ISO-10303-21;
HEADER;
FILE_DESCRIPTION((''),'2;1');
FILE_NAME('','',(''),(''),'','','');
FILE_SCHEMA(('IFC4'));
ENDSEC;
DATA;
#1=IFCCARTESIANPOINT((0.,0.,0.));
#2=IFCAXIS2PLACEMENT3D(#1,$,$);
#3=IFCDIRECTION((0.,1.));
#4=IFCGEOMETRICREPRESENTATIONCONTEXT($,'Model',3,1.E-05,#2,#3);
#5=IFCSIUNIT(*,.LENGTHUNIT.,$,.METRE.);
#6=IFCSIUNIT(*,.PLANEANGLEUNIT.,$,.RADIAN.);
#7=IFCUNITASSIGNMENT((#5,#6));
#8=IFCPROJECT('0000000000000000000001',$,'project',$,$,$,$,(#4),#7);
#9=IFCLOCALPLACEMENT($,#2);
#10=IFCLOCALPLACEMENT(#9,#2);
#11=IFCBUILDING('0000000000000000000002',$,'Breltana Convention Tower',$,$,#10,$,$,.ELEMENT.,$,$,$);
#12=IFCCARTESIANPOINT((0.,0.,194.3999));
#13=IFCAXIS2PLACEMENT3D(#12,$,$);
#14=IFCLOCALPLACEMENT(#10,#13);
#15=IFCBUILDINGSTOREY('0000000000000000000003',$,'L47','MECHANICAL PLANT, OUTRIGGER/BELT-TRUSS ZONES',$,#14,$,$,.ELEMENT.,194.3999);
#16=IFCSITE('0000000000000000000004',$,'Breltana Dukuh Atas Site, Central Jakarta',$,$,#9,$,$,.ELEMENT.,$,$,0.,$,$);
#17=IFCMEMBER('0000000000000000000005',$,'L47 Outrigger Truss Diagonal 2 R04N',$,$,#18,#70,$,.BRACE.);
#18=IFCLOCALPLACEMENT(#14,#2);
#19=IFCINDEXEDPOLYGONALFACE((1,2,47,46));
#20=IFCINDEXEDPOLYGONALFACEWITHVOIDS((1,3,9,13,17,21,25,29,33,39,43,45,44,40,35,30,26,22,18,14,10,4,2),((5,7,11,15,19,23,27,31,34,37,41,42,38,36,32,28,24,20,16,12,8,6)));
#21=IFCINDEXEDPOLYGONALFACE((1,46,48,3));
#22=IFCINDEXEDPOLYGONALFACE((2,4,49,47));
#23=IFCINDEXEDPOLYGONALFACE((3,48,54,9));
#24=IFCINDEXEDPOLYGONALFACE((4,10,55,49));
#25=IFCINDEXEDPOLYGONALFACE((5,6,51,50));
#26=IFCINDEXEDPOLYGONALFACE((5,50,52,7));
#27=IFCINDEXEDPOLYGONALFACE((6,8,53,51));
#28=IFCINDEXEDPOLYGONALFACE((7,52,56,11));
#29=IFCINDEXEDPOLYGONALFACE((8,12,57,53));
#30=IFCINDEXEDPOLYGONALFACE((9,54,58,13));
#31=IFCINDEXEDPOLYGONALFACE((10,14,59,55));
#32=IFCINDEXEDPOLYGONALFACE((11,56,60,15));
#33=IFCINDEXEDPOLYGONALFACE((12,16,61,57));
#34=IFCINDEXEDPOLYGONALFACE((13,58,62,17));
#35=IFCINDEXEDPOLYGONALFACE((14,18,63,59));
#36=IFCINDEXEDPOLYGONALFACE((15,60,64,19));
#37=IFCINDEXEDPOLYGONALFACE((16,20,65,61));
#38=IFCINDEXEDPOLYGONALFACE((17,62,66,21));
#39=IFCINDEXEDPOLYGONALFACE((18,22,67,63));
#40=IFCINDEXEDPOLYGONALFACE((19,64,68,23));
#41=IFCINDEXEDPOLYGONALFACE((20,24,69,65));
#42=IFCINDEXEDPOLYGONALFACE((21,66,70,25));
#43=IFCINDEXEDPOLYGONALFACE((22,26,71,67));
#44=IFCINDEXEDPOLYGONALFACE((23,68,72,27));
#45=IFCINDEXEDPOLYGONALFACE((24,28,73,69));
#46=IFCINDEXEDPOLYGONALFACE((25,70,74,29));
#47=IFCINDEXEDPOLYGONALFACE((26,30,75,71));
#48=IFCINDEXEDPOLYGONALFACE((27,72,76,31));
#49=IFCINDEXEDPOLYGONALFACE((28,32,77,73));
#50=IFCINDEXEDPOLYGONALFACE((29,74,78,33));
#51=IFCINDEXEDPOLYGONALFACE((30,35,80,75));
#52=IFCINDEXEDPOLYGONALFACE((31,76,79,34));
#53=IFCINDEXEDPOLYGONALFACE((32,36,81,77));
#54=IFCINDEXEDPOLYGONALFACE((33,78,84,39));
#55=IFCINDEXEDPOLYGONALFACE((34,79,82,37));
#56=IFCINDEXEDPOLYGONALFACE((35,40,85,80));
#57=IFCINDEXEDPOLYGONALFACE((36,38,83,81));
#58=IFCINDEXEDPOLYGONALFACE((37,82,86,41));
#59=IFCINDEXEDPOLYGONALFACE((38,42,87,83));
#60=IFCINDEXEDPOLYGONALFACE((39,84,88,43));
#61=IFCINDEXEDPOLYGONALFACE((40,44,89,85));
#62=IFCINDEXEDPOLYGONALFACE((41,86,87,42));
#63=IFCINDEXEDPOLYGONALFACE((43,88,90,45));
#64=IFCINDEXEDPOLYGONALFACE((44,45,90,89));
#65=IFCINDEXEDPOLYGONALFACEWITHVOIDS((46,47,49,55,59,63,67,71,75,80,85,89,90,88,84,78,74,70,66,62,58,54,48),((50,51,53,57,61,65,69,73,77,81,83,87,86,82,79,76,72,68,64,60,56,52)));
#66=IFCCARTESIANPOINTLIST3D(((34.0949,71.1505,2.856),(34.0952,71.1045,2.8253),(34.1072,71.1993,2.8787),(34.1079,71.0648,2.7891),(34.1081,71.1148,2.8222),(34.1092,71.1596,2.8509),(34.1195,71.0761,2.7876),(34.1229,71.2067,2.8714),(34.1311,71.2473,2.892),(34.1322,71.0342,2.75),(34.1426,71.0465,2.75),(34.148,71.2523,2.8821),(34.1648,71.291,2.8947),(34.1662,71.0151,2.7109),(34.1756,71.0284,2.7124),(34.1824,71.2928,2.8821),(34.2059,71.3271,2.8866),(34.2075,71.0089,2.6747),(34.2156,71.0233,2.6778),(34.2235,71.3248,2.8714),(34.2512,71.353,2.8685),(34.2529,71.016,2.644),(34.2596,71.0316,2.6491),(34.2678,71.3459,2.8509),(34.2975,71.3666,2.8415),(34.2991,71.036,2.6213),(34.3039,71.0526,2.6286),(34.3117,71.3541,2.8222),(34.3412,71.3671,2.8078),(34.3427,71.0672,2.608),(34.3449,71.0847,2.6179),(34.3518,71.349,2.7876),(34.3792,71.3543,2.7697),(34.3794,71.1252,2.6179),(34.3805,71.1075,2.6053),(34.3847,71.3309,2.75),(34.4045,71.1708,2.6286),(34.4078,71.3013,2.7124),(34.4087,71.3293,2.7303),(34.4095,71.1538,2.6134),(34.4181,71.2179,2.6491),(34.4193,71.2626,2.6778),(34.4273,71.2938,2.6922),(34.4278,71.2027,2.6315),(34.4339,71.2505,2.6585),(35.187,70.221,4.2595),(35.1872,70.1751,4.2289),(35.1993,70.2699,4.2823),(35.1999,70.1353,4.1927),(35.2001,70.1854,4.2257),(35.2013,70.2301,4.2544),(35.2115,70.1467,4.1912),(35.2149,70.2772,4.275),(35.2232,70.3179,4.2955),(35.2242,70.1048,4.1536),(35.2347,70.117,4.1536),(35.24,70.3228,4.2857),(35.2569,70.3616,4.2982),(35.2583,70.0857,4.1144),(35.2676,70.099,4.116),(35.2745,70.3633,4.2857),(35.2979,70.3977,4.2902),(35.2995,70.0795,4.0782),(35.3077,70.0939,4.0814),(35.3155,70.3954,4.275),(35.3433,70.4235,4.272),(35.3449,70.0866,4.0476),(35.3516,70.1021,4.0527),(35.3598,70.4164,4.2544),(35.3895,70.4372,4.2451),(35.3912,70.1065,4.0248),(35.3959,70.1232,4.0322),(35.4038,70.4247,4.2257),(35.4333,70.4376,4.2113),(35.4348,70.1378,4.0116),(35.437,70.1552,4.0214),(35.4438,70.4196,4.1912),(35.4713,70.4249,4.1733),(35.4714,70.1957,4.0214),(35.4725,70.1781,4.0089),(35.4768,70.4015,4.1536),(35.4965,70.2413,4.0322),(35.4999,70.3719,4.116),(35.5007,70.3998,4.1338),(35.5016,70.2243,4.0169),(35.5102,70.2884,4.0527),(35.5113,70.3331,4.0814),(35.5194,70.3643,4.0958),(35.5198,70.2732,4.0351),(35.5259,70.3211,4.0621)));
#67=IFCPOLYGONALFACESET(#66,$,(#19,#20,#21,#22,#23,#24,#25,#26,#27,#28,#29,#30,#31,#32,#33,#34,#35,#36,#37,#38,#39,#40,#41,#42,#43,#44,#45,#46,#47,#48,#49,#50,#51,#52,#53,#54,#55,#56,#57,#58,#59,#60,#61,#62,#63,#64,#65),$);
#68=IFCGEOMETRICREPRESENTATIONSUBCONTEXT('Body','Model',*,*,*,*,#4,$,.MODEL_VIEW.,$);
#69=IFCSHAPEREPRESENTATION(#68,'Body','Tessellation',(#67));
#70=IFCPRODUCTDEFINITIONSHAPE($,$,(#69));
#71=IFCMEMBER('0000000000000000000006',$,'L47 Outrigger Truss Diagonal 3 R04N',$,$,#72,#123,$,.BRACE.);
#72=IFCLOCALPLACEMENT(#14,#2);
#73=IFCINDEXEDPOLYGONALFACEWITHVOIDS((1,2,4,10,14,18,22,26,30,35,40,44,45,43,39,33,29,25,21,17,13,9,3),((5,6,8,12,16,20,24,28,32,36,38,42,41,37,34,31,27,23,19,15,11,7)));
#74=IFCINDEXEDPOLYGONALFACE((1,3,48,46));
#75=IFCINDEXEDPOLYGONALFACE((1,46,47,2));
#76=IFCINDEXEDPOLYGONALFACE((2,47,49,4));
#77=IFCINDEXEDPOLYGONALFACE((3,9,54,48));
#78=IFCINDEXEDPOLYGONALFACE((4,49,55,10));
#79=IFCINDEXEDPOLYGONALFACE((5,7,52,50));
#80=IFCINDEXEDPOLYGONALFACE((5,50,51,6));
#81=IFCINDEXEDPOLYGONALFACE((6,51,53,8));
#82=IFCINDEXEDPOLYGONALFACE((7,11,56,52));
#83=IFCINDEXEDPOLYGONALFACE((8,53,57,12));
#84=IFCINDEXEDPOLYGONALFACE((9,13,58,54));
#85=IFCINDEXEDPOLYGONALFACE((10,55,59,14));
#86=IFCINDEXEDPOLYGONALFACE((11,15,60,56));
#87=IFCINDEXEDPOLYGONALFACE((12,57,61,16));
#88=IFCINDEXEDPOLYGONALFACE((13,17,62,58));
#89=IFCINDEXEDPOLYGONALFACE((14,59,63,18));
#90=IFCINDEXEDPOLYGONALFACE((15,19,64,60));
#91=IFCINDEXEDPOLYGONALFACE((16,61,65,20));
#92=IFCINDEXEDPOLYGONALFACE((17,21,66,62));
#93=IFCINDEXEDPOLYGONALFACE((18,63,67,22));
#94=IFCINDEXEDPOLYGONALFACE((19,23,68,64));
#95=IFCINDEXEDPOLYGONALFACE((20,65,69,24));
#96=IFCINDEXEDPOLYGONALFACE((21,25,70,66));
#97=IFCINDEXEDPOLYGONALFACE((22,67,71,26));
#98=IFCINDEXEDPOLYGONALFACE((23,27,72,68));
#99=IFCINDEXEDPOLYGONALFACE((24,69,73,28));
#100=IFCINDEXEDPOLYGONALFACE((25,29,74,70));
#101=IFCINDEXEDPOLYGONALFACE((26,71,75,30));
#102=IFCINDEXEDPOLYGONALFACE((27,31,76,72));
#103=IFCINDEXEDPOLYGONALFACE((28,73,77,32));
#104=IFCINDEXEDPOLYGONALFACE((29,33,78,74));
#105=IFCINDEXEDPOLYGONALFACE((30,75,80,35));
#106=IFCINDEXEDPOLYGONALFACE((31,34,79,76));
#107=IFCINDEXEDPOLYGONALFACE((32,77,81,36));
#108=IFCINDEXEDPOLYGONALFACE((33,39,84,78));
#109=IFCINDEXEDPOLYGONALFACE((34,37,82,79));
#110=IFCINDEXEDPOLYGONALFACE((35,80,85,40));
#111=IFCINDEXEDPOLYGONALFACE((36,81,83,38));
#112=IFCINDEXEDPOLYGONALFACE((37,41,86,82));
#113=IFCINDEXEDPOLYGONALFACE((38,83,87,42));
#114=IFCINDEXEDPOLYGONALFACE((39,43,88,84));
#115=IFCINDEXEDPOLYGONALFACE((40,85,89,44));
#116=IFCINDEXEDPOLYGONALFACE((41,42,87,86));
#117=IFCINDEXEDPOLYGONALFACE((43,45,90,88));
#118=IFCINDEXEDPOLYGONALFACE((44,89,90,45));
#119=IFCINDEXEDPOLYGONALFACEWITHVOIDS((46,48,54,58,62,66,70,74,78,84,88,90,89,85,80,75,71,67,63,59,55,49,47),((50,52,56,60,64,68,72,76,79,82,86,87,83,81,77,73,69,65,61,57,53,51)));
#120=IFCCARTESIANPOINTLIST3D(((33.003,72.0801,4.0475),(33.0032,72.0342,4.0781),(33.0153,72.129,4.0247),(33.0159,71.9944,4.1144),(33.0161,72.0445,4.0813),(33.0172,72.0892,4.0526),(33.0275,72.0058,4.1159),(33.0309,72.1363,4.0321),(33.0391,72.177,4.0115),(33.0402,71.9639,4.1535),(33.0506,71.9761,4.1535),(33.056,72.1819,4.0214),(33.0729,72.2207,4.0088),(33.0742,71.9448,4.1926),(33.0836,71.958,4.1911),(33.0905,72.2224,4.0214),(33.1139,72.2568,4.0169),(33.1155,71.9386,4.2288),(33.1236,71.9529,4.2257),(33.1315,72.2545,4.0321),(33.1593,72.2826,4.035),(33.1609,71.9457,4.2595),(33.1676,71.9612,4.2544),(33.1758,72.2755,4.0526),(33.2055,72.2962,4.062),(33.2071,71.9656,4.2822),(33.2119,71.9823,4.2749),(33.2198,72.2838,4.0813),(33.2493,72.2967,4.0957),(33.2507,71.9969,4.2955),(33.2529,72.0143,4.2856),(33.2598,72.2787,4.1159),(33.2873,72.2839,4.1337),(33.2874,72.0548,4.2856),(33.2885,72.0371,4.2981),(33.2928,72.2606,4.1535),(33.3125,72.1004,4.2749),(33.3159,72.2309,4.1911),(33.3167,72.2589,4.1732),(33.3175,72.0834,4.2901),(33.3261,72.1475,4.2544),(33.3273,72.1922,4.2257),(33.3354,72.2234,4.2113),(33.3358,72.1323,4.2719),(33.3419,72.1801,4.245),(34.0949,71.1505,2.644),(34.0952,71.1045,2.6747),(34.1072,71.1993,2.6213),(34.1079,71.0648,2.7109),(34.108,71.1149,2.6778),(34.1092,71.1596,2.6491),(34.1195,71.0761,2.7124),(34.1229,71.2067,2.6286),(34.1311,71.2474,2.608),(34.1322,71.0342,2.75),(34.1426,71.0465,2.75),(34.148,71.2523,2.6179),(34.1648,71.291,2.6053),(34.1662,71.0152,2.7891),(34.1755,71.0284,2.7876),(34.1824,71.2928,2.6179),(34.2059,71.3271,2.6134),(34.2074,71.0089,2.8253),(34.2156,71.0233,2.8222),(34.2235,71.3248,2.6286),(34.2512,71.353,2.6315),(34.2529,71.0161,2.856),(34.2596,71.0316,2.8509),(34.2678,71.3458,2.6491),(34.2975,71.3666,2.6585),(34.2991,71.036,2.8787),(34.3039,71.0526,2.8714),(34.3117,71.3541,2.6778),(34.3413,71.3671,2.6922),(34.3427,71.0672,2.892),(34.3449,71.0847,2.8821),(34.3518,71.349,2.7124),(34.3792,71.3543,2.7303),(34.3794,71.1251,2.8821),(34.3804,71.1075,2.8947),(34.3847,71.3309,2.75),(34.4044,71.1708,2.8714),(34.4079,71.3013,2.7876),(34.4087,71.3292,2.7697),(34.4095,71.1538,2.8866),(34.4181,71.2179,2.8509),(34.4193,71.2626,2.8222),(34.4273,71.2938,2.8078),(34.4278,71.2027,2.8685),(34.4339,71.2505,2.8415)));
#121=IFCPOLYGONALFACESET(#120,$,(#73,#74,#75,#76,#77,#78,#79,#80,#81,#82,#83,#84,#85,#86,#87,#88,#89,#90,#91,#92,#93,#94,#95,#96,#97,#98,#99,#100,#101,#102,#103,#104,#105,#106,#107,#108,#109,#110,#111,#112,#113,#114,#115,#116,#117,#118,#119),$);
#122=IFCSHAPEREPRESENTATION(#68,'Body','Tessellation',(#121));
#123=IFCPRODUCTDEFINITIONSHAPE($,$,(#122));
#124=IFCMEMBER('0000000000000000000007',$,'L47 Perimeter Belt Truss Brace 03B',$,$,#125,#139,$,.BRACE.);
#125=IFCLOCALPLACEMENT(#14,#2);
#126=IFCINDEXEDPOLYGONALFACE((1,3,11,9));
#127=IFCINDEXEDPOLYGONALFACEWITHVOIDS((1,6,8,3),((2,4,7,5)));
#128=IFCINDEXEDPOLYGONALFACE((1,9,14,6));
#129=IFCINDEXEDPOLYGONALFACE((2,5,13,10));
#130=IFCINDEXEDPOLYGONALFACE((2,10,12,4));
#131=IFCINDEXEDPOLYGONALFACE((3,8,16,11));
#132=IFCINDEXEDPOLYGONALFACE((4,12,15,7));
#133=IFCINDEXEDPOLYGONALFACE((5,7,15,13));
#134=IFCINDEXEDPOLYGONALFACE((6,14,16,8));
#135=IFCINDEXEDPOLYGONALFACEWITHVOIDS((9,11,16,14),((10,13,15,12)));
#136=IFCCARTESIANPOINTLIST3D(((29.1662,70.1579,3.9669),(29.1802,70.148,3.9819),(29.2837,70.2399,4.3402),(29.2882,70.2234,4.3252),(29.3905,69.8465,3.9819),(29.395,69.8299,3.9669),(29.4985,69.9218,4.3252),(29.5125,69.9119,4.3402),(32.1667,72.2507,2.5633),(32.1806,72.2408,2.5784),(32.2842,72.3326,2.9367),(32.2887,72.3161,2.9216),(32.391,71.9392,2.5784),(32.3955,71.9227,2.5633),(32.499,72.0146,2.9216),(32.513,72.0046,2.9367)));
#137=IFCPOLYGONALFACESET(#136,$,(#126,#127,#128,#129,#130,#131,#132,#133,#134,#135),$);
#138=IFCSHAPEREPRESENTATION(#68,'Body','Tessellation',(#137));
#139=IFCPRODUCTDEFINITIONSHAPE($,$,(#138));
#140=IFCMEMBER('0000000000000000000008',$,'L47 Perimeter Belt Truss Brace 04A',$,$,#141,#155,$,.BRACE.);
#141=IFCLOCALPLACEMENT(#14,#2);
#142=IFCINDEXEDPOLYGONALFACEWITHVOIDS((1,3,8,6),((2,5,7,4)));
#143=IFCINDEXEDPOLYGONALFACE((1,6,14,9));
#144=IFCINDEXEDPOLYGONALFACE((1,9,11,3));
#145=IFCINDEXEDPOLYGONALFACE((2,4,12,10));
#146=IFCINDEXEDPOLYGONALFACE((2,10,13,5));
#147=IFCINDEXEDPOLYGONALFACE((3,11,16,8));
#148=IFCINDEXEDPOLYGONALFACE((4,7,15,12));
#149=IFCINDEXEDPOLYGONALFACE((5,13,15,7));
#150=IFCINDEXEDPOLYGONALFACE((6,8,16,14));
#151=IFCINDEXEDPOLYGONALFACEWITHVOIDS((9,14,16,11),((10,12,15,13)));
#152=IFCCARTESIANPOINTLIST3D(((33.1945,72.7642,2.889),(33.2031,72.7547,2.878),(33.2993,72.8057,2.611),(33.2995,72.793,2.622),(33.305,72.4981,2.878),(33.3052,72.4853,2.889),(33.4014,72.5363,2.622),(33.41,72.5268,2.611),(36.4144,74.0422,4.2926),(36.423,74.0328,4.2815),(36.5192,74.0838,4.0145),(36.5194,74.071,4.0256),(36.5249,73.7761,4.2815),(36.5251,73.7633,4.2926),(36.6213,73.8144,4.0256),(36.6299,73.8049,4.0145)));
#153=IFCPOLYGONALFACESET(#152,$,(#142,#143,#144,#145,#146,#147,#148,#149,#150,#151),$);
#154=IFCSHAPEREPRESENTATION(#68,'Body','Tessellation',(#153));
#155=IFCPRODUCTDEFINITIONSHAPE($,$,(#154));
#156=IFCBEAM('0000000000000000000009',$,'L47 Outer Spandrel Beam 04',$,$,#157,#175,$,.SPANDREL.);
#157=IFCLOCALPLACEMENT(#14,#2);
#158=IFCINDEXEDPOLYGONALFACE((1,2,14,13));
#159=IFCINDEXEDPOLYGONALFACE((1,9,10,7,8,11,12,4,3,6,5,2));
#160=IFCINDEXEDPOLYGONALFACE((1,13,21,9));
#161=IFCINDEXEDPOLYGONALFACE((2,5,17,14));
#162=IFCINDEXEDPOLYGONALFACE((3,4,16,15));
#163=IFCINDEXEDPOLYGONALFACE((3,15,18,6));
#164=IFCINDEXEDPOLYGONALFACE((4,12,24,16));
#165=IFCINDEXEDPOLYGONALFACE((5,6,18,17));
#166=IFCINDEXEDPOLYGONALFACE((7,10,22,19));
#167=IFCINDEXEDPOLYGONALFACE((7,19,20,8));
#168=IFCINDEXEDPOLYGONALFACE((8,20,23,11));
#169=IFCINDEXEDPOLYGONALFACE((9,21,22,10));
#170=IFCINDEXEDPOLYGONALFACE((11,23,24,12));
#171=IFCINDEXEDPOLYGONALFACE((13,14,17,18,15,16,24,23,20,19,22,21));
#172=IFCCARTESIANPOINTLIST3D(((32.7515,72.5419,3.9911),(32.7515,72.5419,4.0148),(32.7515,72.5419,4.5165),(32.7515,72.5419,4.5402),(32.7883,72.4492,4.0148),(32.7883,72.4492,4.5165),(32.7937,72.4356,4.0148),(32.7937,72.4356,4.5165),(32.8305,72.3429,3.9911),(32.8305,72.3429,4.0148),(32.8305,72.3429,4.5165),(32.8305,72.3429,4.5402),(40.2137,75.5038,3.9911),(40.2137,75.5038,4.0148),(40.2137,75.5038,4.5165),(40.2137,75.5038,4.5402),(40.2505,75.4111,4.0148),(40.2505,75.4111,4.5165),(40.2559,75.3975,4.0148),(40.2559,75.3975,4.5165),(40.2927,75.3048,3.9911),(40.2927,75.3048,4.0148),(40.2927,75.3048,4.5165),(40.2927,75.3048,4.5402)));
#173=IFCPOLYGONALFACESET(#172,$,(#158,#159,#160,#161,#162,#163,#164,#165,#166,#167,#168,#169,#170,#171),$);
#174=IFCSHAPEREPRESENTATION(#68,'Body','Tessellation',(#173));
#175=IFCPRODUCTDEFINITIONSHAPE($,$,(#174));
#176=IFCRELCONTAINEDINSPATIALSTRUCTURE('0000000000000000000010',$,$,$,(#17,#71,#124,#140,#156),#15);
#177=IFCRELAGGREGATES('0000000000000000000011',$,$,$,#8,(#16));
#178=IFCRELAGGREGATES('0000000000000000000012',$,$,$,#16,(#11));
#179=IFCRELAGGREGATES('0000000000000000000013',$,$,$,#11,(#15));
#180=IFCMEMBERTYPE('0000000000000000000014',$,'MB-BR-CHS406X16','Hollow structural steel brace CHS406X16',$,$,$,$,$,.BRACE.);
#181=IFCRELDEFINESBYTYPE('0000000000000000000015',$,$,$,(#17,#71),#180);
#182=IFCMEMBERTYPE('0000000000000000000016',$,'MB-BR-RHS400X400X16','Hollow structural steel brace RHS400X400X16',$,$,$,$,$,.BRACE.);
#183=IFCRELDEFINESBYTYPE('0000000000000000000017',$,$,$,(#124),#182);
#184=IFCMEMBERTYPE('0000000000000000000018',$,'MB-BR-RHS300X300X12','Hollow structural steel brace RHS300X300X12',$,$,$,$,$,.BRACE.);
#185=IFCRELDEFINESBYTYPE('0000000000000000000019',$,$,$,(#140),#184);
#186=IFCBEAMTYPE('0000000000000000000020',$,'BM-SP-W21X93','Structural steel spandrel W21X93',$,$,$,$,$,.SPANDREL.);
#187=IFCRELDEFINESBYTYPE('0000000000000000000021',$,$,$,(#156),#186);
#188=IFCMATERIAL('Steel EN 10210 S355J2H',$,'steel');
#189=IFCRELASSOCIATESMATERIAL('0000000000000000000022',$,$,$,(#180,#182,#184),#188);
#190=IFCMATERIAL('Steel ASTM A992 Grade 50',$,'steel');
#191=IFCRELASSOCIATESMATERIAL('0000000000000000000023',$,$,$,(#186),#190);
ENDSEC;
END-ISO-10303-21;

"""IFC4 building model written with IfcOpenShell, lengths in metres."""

from ifc_helpers import new_model, si_unit, direction, frame, origin, origin_2d, place, context, subcontext, project, spatial, hollow_rectangle, hollow_circle, i_section, extrude, source, transform, mapped, material, material_profile, profile_set, type_object, element, save


model = new_model("IFC4")

# Units and contexts
model_context = context("Model", 3, precision=1e-05, world=origin(), true_north=direction((0.0, 1.0)))
body_context = subcontext(model_context, "Body", "Model", "MODEL_VIEW")
ifc_project = project(units=[si_unit("LENGTHUNIT", "METRE"), si_unit("PLANEANGLEUNIT", "RADIAN")], contexts=[model_context])

# Site, building, storey
site_placement = place(None, origin())
site = spatial("IfcSite", under=ifc_project, at=site_placement, Name="Breltana Dukuh Atas Site, Central Jakarta", CompositionType="ELEMENT", RefElevation=0.0)
building_placement = place(site_placement, origin())
building = spatial("IfcBuilding", under=site, at=building_placement, Name="Breltana Convention Tower", CompositionType="ELEMENT")
storey_placement = place(building_placement, frame((0.0, 0.0, 194.3999)))
storey = spatial("IfcBuildingStorey", under=building, at=storey_placement, Name="L47", Description="MECHANICAL PLANT, OUTRIGGER/BELT-TRUSS ZONES", CompositionType="ELEMENT", Elevation=194.3999)

# Shared definitions
ifc_material_1 = material(Name="Steel ASTM A992 Grade 50", Category="steel")

# Members
ifc_material_2 = material(Name="Steel EN 10210 S355J2H", Category="steel")
ifc_material_profile_1 = material_profile(ifc_material_2, hollow_circle(Radius=0.2029, WallThickness=0.0161, at=origin_2d()), Name="CHS406X16")
ifc_profile_set_1 = profile_set([ifc_material_profile_1], Name="Steel EN 10210 S355J2H")
member_type_1 = type_object("IfcMemberType", Name="MB-BR-CHS406X16", Description="Hollow structural steel brace CHS406X16", PredefinedType="BRACE", material=ifc_profile_set_1)
shared_shape_1 = source(origin(), body_context, "Body", "SweptSolid", [
    extrude(hollow_circle(Radius=0.2029, WallThickness=0.0161, at=origin_2d()), origin(), (0.0, 0.0, 1.0), 2.0066),
])
for number, where, z_axis, x_axis, name in (
    (1, (35.3557, 70.2593, 4.1536), (-0.544227, 0.463195, -0.699477), (-0.648138, -0.761523, 0.0), "L47 Outrigger Truss Diagonal 2 R04N"),
    (2, (34.2637, 71.1887, 2.75), (-0.544196, 0.463291, 0.699437), (-0.648236, -0.761439, 0.0), "L47 Outrigger Truss Diagonal 3 R04N"),
):
    element("IfcMember", number, at=place(storey_placement, frame(where, z_axis=z_axis, x_axis=x_axis)), inside=storey, type_object=member_type_1, Name=name, PredefinedType="BRACE", context=body_context, shape_type="MappedRepresentation", body=[
        mapped(shared_shape_1, transform((0.0, 0.0, 0.0), scale=1.0)),
    ])
ifc_material_profile_2 = material_profile(ifc_material_2, hollow_rectangle(XDim=0.3999, YDim=0.3999, WallThickness=0.0161, at=origin_2d()), Name="RHS400X400X16")
ifc_profile_set_2 = profile_set([ifc_material_profile_2], Name="Steel EN 10210 S355J2H")
member_type_2 = type_object("IfcMemberType", Name="MB-BR-RHS400X400X16", Description="Hollow structural steel brace RHS400X400X16", PredefinedType="BRACE", material=ifc_profile_set_2)
shared_shape_2 = source(origin(), body_context, "Body", "SweptSolid", [
    extrude(hollow_rectangle(XDim=0.3999, YDim=0.3999, WallThickness=0.0161, at=origin_2d()), origin(), (0.0, 0.0, 1.0), 3.9182),
])
member_1_placement = place(storey_placement, frame((29.3394, 70.0349, 4.1536), z_axis=(0.765774, 0.53411, -0.358213), x_axis=(-0.572073, 0.820203, 0.0)))
element("IfcMember", 3, at=member_1_placement, inside=storey, type_object=member_type_2, Name="L47 Perimeter Belt Truss Brace 03B", PredefinedType="BRACE", context=body_context, shape_type="MappedRepresentation", body=[
    mapped(shared_shape_2, transform((0.0, 0.0, 0.0), scale=1.0)),
])
ifc_material_profile_3 = material_profile(ifc_material_2, hollow_rectangle(XDim=0.3, YDim=0.3, WallThickness=0.012, at=origin_2d()), Name="RHS300X300X12")
ifc_profile_set_3 = profile_set([ifc_material_profile_3], Name="Steel EN 10210 S355J2H")
member_type_3 = type_object("IfcMemberType", Name="MB-BR-RHS300X300X12", Description="Hollow structural steel brace RHS300X300X12", PredefinedType="BRACE", material=ifc_profile_set_3)
shared_shape_3 = source(origin(), body_context, "Body", "SweptSolid", [
    extrude(hollow_rectangle(XDim=0.3, YDim=0.3, WallThickness=0.012, at=origin_2d()), origin(), (0.0, 0.0, 1.0), 3.7378),
])
member_2_placement = place(storey_placement, frame((33.3022, 72.6455, 2.75), z_axis=(0.861445, 0.341926, 0.375498), x_axis=(-0.368923, 0.92946, 0.0)))
element("IfcMember", 4, at=member_2_placement, inside=storey, type_object=member_type_3, Name="L47 Perimeter Belt Truss Brace 04A", PredefinedType="BRACE", context=body_context, shape_type="MappedRepresentation", body=[
    mapped(shared_shape_3, transform((0.0, 0.0, 0.0), scale=1.0)),
])

# Beam
ifc_material_profile_4 = material_profile(ifc_material_1, i_section(OverallWidth=0.2141, OverallDepth=0.5491, WebThickness=0.0146, FlangeThickness=0.0237, at=origin_2d()), Name="W21X93")
ifc_profile_set_4 = profile_set([ifc_material_profile_4], Name="Steel ASTM A992 Grade 50")
beam_type_1 = type_object("IfcBeamType", Name="BM-SP-W21X93", Description="Structural steel spandrel W21X93", PredefinedType="SPANDREL", material=ifc_profile_set_4)
shared_shape_4 = source(origin(), body_context, "Body", "SweptSolid", [
    extrude(i_section(OverallWidth=0.2141, OverallDepth=0.5491, WebThickness=0.0146, FlangeThickness=0.0237, at=origin_2d()), origin(), (0.0, 0.0, 1.0), 8.0286),
])
beam_1_placement = place(storey_placement, frame((32.791, 72.4424, 4.2656), z_axis=(0.929459, 0.368925, 0.0), x_axis=(-0.368925, 0.929459, 0.0)))
element("IfcBeam", 5, at=beam_1_placement, inside=storey, type_object=beam_type_1, Name="L47 Outer Spandrel Beam 04", PredefinedType="SPANDREL", context=body_context, shape_type="MappedRepresentation", body=[
    mapped(shared_shape_4, transform((0.0, 0.0, 0.0), scale=1.0)),
])

save(model, "model.ifc")
